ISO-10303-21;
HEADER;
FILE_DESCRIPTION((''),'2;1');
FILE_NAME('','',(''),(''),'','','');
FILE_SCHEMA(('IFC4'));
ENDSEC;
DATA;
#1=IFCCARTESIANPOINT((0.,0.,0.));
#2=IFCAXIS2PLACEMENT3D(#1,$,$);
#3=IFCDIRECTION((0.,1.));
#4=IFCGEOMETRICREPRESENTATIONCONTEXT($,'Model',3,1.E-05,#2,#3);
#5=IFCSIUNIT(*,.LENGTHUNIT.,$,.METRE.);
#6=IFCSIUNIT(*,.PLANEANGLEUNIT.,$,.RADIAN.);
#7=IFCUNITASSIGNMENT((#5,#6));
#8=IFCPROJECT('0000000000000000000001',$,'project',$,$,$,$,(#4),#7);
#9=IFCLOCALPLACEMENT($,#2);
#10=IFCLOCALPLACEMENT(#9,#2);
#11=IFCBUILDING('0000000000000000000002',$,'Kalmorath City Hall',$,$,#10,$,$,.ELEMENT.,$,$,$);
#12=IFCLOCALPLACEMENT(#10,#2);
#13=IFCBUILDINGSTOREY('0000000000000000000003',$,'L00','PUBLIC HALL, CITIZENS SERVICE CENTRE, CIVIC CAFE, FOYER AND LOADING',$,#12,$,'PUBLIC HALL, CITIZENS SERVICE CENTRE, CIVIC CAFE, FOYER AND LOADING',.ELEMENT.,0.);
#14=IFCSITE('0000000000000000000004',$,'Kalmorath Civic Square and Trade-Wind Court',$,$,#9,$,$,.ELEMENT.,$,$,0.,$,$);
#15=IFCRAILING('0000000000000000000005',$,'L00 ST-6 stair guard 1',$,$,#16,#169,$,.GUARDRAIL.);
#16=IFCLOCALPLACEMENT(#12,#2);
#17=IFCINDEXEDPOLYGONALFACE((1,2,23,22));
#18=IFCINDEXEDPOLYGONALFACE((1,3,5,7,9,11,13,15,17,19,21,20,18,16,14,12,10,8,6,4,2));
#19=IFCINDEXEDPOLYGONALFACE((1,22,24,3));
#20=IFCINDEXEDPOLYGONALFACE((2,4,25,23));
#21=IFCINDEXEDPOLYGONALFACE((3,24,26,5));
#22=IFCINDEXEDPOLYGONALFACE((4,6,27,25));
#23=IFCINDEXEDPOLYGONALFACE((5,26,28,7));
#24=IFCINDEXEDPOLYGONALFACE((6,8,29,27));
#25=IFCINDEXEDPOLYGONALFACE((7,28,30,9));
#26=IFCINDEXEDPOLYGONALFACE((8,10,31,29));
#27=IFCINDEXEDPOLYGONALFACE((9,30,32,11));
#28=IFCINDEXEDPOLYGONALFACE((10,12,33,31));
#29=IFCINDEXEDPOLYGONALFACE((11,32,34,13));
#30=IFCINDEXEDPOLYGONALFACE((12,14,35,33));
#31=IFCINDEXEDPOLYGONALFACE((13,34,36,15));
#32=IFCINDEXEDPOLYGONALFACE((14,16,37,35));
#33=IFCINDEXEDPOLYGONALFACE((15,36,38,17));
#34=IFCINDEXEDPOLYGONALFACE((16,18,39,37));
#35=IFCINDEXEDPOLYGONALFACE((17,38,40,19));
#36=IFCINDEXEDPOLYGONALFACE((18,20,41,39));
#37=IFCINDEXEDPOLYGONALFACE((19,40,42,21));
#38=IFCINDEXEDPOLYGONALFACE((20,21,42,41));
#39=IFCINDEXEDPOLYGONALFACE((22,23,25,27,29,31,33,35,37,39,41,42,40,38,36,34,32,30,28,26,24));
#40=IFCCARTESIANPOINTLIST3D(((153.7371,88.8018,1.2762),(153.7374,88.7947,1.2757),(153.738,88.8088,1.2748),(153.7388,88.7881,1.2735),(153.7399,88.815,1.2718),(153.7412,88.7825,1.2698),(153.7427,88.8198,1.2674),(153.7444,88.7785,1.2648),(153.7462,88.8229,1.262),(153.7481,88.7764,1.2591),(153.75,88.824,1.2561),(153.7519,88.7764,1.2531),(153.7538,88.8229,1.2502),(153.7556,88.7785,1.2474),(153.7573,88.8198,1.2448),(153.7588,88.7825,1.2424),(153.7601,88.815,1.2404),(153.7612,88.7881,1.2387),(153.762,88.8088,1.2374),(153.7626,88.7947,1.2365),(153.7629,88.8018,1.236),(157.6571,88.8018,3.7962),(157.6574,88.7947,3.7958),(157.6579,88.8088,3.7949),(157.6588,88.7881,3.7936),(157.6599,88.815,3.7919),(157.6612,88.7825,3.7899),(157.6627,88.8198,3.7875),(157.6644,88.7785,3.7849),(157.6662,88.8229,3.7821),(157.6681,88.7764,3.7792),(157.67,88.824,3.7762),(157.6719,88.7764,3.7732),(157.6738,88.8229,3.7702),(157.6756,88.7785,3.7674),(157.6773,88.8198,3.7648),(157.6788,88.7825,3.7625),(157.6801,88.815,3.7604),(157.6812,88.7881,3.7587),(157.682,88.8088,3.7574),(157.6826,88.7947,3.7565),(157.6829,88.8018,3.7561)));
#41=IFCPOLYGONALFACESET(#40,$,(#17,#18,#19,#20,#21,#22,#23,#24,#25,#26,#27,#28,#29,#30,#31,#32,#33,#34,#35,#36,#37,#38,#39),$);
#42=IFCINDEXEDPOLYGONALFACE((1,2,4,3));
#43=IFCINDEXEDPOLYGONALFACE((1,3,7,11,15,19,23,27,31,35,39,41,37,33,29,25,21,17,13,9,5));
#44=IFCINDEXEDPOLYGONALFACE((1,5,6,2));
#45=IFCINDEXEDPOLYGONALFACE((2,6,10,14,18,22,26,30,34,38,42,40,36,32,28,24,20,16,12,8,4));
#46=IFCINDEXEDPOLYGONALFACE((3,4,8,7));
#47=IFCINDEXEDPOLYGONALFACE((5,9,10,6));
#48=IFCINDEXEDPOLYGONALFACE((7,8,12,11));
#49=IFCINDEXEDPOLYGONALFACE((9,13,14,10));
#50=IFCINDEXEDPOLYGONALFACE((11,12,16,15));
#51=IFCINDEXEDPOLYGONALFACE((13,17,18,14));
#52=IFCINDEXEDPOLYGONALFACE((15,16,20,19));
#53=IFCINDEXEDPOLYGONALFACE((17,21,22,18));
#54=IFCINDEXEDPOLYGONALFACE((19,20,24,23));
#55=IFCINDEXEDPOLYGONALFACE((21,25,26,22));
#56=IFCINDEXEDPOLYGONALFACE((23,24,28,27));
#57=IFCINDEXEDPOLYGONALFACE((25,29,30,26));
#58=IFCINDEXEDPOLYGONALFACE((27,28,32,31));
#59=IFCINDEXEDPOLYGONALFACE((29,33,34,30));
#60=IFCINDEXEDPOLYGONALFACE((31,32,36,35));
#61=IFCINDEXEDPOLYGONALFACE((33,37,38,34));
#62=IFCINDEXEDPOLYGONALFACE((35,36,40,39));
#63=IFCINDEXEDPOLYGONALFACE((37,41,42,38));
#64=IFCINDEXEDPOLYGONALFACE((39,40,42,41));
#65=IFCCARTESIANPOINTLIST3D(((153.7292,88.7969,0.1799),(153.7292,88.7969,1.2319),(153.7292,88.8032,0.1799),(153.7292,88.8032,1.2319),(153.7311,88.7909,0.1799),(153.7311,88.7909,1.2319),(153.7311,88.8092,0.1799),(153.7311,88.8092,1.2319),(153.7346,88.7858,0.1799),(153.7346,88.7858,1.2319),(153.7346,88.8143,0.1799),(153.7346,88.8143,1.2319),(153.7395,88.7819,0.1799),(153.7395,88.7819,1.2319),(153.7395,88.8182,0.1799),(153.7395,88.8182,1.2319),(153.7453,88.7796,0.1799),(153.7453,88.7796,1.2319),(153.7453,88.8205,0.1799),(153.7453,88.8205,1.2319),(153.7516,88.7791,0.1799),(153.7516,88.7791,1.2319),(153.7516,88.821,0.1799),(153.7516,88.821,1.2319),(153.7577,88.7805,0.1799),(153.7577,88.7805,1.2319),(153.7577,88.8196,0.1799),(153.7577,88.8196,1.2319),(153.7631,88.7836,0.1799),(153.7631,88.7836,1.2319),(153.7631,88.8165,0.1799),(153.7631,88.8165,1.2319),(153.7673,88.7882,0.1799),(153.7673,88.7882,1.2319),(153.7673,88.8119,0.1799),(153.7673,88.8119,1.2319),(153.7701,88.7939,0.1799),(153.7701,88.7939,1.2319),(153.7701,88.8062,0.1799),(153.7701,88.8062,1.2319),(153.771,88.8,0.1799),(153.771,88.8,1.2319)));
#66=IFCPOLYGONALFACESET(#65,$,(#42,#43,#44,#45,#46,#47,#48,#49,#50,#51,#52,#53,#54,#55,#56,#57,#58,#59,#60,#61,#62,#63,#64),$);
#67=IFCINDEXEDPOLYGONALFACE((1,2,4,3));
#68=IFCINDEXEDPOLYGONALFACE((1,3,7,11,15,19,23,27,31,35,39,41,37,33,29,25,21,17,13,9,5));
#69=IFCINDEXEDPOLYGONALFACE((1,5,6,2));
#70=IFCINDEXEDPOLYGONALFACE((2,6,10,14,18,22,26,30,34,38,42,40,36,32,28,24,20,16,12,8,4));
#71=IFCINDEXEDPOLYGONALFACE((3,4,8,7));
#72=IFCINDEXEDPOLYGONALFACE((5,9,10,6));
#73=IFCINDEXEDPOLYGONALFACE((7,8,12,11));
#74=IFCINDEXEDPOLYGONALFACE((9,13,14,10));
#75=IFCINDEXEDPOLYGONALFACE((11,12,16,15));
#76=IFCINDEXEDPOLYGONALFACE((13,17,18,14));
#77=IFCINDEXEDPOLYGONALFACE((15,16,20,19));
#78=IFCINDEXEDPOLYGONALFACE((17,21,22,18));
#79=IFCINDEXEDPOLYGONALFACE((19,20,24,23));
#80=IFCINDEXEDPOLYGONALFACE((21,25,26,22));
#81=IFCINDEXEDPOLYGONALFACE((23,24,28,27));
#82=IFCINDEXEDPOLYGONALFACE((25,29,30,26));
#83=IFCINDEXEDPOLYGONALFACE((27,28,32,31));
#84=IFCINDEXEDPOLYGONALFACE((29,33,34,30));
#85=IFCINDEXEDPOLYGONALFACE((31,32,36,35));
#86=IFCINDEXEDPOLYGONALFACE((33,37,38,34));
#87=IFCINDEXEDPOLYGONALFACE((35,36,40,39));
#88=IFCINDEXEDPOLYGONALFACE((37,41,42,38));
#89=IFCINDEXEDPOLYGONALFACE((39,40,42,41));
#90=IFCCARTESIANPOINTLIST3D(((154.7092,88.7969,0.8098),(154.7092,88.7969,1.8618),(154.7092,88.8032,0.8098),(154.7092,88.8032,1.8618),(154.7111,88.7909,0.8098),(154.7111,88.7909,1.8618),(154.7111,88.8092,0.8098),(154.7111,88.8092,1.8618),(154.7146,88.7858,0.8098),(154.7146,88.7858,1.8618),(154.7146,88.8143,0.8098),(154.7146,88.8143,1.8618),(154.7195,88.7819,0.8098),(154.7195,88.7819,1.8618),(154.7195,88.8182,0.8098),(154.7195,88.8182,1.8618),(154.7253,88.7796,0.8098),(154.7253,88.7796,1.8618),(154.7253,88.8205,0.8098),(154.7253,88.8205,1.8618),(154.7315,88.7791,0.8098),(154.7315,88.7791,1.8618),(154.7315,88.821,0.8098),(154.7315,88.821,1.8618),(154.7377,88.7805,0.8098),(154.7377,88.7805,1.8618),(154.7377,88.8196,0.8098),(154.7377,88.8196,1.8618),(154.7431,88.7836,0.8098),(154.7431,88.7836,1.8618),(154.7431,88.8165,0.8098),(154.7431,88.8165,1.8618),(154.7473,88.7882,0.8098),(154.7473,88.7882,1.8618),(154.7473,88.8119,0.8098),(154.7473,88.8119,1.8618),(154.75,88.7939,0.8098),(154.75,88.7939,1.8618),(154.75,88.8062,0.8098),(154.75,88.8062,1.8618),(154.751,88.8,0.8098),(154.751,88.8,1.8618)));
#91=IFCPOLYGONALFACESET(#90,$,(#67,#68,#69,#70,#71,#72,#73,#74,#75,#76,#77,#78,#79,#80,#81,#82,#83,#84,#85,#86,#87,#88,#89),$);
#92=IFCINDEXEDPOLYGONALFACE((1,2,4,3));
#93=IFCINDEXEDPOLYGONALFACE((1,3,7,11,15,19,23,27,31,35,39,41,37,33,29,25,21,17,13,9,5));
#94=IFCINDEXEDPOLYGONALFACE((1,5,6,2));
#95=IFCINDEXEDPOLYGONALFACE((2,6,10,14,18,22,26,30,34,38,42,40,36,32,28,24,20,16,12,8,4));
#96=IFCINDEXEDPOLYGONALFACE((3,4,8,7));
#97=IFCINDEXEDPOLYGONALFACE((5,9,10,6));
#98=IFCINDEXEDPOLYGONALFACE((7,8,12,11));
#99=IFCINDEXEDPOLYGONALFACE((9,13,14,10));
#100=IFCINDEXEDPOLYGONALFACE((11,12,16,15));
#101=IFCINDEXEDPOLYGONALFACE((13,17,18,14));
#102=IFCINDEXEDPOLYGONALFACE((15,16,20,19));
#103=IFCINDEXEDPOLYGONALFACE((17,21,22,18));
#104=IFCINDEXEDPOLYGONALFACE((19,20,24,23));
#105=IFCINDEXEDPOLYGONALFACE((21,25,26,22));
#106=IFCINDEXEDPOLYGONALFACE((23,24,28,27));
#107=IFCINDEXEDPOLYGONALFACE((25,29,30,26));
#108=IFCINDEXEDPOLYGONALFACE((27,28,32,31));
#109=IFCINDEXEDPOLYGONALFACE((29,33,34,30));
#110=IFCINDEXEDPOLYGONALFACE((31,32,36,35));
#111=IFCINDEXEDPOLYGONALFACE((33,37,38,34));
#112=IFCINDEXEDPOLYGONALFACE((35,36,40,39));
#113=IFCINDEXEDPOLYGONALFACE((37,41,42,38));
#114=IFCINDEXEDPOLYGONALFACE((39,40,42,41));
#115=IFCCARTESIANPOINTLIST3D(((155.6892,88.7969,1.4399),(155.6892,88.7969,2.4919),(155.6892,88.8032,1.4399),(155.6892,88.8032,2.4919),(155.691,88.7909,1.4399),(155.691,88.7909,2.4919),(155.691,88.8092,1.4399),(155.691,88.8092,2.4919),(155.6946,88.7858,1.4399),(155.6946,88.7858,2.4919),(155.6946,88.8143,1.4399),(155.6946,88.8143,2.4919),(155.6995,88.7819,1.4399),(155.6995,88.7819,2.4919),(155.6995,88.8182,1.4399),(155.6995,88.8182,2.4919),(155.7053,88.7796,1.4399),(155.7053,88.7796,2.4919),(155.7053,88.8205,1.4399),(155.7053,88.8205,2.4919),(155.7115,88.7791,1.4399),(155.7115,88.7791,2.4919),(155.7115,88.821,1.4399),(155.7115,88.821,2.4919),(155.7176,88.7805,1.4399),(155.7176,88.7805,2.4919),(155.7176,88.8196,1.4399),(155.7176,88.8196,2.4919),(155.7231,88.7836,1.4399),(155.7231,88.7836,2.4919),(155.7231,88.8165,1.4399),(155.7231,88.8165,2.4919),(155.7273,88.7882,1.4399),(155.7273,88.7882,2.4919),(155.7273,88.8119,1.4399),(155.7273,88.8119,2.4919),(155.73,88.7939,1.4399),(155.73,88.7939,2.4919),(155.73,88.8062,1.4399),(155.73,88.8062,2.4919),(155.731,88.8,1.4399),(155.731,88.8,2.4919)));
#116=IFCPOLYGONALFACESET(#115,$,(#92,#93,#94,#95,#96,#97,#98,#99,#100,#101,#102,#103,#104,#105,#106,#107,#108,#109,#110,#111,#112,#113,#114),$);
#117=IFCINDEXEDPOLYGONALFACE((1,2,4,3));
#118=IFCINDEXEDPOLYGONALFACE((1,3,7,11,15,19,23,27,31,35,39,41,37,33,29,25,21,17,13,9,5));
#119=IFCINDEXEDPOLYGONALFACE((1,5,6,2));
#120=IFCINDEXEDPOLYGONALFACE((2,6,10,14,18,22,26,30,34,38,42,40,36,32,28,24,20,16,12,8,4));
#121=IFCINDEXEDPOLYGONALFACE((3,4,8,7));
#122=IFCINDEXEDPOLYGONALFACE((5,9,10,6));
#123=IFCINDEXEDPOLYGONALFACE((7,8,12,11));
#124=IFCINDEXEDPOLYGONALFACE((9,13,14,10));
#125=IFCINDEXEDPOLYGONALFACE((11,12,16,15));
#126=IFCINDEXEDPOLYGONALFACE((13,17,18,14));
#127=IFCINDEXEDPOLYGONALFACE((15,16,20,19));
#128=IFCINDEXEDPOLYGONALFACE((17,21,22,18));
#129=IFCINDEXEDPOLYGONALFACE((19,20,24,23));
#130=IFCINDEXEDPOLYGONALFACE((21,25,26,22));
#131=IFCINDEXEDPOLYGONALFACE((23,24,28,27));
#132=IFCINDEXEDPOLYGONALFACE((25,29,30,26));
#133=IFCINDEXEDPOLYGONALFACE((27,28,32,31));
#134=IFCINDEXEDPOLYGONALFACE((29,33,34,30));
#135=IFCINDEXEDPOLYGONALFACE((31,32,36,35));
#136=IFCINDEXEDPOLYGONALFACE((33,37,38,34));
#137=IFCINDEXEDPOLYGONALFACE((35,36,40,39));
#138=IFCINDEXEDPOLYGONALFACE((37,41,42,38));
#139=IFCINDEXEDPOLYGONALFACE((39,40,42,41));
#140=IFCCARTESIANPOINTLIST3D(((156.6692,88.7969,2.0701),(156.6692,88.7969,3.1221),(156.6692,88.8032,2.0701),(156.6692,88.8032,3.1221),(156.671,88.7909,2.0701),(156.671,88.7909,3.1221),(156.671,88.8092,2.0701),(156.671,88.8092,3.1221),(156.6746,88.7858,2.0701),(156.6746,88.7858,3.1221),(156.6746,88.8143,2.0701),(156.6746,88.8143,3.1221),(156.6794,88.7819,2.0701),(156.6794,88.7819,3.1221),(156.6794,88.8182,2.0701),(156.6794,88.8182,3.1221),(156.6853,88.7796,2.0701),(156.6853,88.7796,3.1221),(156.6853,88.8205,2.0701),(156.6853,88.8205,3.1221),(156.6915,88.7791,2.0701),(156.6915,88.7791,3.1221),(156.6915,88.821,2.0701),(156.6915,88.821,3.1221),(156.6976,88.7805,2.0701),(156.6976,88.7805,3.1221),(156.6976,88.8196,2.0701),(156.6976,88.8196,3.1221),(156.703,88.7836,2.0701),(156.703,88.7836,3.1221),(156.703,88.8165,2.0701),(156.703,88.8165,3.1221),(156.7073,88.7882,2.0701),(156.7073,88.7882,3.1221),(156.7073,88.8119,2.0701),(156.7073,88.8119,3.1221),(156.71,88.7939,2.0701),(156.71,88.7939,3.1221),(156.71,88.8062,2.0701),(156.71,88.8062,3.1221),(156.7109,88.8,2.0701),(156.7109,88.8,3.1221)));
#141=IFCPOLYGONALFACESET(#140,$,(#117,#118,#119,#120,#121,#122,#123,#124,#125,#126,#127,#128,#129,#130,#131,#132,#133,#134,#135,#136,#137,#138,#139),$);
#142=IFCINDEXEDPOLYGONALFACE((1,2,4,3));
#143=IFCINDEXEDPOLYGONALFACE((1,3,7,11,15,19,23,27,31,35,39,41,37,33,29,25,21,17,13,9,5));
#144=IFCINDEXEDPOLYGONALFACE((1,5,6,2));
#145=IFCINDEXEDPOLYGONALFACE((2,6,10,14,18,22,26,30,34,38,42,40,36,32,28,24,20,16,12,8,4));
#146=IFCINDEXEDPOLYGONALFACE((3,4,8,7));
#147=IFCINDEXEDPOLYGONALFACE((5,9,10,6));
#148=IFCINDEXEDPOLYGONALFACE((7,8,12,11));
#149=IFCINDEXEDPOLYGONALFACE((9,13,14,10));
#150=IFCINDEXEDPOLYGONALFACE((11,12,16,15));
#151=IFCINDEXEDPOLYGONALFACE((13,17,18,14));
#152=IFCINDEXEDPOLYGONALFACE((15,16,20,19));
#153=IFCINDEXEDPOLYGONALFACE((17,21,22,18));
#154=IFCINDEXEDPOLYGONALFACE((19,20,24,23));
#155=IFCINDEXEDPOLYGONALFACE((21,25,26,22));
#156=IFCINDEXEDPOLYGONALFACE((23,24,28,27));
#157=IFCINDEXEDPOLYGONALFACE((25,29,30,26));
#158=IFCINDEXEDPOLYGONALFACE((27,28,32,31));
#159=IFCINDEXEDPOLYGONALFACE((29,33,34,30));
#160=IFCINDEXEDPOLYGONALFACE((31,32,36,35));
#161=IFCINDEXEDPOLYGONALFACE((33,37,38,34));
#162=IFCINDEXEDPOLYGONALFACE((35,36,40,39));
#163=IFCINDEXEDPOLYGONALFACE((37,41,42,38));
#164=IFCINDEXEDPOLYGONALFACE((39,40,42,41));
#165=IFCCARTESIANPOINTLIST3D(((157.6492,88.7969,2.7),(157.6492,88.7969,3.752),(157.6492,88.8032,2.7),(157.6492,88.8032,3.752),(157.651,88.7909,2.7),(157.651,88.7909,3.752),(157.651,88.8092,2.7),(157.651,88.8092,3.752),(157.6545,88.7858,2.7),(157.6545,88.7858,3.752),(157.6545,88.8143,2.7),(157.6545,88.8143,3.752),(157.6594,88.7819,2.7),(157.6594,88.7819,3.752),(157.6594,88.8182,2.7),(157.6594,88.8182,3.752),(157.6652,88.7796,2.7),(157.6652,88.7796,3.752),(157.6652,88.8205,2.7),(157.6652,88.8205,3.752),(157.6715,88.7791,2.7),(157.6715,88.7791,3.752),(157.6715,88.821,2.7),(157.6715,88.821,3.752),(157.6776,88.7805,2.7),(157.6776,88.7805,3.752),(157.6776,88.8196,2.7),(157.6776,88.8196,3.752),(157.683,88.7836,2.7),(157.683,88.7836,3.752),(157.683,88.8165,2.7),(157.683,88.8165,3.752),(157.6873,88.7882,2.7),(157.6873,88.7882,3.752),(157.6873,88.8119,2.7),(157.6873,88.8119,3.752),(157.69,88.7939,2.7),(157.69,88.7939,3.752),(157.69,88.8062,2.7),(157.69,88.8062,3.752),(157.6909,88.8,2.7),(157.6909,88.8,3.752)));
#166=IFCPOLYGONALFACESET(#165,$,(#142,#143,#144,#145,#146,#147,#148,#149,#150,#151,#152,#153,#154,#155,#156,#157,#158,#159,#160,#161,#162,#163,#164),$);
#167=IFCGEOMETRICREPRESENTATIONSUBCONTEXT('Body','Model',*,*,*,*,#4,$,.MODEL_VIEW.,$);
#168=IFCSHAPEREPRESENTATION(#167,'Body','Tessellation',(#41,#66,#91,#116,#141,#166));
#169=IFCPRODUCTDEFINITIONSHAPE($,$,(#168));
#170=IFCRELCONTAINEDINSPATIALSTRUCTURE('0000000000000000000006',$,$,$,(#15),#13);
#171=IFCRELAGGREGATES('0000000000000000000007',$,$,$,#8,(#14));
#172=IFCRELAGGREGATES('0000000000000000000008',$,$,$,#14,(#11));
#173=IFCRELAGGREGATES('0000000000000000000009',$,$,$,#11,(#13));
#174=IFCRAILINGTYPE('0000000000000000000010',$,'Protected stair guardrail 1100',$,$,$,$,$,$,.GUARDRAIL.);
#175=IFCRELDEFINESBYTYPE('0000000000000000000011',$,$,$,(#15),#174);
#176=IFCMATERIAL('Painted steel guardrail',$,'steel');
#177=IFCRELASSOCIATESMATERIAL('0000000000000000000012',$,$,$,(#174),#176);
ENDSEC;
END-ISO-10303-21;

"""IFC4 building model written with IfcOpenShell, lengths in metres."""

from ifc_helpers import new_model, si_unit, direction, frame, origin, origin_2d, place, context, subcontext, project, spatial, circle, extrude, material, type_object, element, save


model = new_model("IFC4")

# Units and contexts
model_context = context("Model", 3, precision=1e-05, world=origin(), true_north=direction((0.0, 1.0)))
body_context = subcontext(model_context, "Body", "Model", "MODEL_VIEW")
ifc_project = project(units=[si_unit("LENGTHUNIT", "METRE"), si_unit("PLANEANGLEUNIT", "RADIAN")], contexts=[model_context])

# Site, building, storey
site_placement = place(None, origin())
site = spatial("IfcSite", under=ifc_project, at=site_placement, Name="Kalmorath Civic Square and Trade-Wind Court", CompositionType="ELEMENT", RefElevation=0.0)
building_placement = place(site_placement, origin())
building = spatial("IfcBuilding", under=site, at=building_placement, Name="Kalmorath City Hall", CompositionType="ELEMENT")
storey_placement = place(building_placement, origin())
storey = spatial("IfcBuildingStorey", under=building, at=storey_placement, Name="L00", Description="PUBLIC HALL, CITIZENS SERVICE CENTRE, CIVIC CAFE, FOYER AND LOADING", LongName="PUBLIC HALL, CITIZENS SERVICE CENTRE, CIVIC CAFE, FOYER AND LOADING", CompositionType="ELEMENT", Elevation=0.0)

# Railing
ifc_material_1 = material(Name="Painted steel guardrail", Category="steel")
railing_type_1 = type_object("IfcRailingType", Name="Protected stair guardrail 1100", PredefinedType="GUARDRAIL", material=ifc_material_1)
railing_1_placement = place(storey_placement, frame((153.75, 88.8, 0.1799)))
element("IfcRailing", 1, at=railing_1_placement, inside=storey, type_object=railing_type_1, Name="L00 ST-6 stair guard 1", PredefinedType="GUARDRAIL", context=body_context, shape_type="SweptSolid", body=[
    extrude(circle(Radius=0.0239, at=origin_2d()), frame((0.0, 0.0, 1.0762), z_axis=(0.841172, 0.0, 0.540768), x_axis=(0.0, 1.0, 0.0)), (0.0, 0.0, 1.0), 4.6602),
    extrude(circle(Radius=0.021, at=origin_2d()), origin(), (0.0, 0.0, 1.0), 1.052),
    extrude(circle(Radius=0.021, at=origin_2d()), frame((0.98, 0.0, 0.6299)), (0.0, 0.0, 1.0), 1.052),
    extrude(circle(Radius=0.021, at=origin_2d()), frame((1.96, 0.0, 1.26)), (0.0, 0.0, 1.0), 1.052),
    extrude(circle(Radius=0.021, at=origin_2d()), frame((2.9399, 0.0, 1.8901)), (0.0, 0.0, 1.0), 1.052),
    extrude(circle(Radius=0.021, at=origin_2d()), frame((3.9199, 0.0, 2.52)), (0.0, 0.0, 1.0), 1.052),
])

save(model, "model.ifc")
